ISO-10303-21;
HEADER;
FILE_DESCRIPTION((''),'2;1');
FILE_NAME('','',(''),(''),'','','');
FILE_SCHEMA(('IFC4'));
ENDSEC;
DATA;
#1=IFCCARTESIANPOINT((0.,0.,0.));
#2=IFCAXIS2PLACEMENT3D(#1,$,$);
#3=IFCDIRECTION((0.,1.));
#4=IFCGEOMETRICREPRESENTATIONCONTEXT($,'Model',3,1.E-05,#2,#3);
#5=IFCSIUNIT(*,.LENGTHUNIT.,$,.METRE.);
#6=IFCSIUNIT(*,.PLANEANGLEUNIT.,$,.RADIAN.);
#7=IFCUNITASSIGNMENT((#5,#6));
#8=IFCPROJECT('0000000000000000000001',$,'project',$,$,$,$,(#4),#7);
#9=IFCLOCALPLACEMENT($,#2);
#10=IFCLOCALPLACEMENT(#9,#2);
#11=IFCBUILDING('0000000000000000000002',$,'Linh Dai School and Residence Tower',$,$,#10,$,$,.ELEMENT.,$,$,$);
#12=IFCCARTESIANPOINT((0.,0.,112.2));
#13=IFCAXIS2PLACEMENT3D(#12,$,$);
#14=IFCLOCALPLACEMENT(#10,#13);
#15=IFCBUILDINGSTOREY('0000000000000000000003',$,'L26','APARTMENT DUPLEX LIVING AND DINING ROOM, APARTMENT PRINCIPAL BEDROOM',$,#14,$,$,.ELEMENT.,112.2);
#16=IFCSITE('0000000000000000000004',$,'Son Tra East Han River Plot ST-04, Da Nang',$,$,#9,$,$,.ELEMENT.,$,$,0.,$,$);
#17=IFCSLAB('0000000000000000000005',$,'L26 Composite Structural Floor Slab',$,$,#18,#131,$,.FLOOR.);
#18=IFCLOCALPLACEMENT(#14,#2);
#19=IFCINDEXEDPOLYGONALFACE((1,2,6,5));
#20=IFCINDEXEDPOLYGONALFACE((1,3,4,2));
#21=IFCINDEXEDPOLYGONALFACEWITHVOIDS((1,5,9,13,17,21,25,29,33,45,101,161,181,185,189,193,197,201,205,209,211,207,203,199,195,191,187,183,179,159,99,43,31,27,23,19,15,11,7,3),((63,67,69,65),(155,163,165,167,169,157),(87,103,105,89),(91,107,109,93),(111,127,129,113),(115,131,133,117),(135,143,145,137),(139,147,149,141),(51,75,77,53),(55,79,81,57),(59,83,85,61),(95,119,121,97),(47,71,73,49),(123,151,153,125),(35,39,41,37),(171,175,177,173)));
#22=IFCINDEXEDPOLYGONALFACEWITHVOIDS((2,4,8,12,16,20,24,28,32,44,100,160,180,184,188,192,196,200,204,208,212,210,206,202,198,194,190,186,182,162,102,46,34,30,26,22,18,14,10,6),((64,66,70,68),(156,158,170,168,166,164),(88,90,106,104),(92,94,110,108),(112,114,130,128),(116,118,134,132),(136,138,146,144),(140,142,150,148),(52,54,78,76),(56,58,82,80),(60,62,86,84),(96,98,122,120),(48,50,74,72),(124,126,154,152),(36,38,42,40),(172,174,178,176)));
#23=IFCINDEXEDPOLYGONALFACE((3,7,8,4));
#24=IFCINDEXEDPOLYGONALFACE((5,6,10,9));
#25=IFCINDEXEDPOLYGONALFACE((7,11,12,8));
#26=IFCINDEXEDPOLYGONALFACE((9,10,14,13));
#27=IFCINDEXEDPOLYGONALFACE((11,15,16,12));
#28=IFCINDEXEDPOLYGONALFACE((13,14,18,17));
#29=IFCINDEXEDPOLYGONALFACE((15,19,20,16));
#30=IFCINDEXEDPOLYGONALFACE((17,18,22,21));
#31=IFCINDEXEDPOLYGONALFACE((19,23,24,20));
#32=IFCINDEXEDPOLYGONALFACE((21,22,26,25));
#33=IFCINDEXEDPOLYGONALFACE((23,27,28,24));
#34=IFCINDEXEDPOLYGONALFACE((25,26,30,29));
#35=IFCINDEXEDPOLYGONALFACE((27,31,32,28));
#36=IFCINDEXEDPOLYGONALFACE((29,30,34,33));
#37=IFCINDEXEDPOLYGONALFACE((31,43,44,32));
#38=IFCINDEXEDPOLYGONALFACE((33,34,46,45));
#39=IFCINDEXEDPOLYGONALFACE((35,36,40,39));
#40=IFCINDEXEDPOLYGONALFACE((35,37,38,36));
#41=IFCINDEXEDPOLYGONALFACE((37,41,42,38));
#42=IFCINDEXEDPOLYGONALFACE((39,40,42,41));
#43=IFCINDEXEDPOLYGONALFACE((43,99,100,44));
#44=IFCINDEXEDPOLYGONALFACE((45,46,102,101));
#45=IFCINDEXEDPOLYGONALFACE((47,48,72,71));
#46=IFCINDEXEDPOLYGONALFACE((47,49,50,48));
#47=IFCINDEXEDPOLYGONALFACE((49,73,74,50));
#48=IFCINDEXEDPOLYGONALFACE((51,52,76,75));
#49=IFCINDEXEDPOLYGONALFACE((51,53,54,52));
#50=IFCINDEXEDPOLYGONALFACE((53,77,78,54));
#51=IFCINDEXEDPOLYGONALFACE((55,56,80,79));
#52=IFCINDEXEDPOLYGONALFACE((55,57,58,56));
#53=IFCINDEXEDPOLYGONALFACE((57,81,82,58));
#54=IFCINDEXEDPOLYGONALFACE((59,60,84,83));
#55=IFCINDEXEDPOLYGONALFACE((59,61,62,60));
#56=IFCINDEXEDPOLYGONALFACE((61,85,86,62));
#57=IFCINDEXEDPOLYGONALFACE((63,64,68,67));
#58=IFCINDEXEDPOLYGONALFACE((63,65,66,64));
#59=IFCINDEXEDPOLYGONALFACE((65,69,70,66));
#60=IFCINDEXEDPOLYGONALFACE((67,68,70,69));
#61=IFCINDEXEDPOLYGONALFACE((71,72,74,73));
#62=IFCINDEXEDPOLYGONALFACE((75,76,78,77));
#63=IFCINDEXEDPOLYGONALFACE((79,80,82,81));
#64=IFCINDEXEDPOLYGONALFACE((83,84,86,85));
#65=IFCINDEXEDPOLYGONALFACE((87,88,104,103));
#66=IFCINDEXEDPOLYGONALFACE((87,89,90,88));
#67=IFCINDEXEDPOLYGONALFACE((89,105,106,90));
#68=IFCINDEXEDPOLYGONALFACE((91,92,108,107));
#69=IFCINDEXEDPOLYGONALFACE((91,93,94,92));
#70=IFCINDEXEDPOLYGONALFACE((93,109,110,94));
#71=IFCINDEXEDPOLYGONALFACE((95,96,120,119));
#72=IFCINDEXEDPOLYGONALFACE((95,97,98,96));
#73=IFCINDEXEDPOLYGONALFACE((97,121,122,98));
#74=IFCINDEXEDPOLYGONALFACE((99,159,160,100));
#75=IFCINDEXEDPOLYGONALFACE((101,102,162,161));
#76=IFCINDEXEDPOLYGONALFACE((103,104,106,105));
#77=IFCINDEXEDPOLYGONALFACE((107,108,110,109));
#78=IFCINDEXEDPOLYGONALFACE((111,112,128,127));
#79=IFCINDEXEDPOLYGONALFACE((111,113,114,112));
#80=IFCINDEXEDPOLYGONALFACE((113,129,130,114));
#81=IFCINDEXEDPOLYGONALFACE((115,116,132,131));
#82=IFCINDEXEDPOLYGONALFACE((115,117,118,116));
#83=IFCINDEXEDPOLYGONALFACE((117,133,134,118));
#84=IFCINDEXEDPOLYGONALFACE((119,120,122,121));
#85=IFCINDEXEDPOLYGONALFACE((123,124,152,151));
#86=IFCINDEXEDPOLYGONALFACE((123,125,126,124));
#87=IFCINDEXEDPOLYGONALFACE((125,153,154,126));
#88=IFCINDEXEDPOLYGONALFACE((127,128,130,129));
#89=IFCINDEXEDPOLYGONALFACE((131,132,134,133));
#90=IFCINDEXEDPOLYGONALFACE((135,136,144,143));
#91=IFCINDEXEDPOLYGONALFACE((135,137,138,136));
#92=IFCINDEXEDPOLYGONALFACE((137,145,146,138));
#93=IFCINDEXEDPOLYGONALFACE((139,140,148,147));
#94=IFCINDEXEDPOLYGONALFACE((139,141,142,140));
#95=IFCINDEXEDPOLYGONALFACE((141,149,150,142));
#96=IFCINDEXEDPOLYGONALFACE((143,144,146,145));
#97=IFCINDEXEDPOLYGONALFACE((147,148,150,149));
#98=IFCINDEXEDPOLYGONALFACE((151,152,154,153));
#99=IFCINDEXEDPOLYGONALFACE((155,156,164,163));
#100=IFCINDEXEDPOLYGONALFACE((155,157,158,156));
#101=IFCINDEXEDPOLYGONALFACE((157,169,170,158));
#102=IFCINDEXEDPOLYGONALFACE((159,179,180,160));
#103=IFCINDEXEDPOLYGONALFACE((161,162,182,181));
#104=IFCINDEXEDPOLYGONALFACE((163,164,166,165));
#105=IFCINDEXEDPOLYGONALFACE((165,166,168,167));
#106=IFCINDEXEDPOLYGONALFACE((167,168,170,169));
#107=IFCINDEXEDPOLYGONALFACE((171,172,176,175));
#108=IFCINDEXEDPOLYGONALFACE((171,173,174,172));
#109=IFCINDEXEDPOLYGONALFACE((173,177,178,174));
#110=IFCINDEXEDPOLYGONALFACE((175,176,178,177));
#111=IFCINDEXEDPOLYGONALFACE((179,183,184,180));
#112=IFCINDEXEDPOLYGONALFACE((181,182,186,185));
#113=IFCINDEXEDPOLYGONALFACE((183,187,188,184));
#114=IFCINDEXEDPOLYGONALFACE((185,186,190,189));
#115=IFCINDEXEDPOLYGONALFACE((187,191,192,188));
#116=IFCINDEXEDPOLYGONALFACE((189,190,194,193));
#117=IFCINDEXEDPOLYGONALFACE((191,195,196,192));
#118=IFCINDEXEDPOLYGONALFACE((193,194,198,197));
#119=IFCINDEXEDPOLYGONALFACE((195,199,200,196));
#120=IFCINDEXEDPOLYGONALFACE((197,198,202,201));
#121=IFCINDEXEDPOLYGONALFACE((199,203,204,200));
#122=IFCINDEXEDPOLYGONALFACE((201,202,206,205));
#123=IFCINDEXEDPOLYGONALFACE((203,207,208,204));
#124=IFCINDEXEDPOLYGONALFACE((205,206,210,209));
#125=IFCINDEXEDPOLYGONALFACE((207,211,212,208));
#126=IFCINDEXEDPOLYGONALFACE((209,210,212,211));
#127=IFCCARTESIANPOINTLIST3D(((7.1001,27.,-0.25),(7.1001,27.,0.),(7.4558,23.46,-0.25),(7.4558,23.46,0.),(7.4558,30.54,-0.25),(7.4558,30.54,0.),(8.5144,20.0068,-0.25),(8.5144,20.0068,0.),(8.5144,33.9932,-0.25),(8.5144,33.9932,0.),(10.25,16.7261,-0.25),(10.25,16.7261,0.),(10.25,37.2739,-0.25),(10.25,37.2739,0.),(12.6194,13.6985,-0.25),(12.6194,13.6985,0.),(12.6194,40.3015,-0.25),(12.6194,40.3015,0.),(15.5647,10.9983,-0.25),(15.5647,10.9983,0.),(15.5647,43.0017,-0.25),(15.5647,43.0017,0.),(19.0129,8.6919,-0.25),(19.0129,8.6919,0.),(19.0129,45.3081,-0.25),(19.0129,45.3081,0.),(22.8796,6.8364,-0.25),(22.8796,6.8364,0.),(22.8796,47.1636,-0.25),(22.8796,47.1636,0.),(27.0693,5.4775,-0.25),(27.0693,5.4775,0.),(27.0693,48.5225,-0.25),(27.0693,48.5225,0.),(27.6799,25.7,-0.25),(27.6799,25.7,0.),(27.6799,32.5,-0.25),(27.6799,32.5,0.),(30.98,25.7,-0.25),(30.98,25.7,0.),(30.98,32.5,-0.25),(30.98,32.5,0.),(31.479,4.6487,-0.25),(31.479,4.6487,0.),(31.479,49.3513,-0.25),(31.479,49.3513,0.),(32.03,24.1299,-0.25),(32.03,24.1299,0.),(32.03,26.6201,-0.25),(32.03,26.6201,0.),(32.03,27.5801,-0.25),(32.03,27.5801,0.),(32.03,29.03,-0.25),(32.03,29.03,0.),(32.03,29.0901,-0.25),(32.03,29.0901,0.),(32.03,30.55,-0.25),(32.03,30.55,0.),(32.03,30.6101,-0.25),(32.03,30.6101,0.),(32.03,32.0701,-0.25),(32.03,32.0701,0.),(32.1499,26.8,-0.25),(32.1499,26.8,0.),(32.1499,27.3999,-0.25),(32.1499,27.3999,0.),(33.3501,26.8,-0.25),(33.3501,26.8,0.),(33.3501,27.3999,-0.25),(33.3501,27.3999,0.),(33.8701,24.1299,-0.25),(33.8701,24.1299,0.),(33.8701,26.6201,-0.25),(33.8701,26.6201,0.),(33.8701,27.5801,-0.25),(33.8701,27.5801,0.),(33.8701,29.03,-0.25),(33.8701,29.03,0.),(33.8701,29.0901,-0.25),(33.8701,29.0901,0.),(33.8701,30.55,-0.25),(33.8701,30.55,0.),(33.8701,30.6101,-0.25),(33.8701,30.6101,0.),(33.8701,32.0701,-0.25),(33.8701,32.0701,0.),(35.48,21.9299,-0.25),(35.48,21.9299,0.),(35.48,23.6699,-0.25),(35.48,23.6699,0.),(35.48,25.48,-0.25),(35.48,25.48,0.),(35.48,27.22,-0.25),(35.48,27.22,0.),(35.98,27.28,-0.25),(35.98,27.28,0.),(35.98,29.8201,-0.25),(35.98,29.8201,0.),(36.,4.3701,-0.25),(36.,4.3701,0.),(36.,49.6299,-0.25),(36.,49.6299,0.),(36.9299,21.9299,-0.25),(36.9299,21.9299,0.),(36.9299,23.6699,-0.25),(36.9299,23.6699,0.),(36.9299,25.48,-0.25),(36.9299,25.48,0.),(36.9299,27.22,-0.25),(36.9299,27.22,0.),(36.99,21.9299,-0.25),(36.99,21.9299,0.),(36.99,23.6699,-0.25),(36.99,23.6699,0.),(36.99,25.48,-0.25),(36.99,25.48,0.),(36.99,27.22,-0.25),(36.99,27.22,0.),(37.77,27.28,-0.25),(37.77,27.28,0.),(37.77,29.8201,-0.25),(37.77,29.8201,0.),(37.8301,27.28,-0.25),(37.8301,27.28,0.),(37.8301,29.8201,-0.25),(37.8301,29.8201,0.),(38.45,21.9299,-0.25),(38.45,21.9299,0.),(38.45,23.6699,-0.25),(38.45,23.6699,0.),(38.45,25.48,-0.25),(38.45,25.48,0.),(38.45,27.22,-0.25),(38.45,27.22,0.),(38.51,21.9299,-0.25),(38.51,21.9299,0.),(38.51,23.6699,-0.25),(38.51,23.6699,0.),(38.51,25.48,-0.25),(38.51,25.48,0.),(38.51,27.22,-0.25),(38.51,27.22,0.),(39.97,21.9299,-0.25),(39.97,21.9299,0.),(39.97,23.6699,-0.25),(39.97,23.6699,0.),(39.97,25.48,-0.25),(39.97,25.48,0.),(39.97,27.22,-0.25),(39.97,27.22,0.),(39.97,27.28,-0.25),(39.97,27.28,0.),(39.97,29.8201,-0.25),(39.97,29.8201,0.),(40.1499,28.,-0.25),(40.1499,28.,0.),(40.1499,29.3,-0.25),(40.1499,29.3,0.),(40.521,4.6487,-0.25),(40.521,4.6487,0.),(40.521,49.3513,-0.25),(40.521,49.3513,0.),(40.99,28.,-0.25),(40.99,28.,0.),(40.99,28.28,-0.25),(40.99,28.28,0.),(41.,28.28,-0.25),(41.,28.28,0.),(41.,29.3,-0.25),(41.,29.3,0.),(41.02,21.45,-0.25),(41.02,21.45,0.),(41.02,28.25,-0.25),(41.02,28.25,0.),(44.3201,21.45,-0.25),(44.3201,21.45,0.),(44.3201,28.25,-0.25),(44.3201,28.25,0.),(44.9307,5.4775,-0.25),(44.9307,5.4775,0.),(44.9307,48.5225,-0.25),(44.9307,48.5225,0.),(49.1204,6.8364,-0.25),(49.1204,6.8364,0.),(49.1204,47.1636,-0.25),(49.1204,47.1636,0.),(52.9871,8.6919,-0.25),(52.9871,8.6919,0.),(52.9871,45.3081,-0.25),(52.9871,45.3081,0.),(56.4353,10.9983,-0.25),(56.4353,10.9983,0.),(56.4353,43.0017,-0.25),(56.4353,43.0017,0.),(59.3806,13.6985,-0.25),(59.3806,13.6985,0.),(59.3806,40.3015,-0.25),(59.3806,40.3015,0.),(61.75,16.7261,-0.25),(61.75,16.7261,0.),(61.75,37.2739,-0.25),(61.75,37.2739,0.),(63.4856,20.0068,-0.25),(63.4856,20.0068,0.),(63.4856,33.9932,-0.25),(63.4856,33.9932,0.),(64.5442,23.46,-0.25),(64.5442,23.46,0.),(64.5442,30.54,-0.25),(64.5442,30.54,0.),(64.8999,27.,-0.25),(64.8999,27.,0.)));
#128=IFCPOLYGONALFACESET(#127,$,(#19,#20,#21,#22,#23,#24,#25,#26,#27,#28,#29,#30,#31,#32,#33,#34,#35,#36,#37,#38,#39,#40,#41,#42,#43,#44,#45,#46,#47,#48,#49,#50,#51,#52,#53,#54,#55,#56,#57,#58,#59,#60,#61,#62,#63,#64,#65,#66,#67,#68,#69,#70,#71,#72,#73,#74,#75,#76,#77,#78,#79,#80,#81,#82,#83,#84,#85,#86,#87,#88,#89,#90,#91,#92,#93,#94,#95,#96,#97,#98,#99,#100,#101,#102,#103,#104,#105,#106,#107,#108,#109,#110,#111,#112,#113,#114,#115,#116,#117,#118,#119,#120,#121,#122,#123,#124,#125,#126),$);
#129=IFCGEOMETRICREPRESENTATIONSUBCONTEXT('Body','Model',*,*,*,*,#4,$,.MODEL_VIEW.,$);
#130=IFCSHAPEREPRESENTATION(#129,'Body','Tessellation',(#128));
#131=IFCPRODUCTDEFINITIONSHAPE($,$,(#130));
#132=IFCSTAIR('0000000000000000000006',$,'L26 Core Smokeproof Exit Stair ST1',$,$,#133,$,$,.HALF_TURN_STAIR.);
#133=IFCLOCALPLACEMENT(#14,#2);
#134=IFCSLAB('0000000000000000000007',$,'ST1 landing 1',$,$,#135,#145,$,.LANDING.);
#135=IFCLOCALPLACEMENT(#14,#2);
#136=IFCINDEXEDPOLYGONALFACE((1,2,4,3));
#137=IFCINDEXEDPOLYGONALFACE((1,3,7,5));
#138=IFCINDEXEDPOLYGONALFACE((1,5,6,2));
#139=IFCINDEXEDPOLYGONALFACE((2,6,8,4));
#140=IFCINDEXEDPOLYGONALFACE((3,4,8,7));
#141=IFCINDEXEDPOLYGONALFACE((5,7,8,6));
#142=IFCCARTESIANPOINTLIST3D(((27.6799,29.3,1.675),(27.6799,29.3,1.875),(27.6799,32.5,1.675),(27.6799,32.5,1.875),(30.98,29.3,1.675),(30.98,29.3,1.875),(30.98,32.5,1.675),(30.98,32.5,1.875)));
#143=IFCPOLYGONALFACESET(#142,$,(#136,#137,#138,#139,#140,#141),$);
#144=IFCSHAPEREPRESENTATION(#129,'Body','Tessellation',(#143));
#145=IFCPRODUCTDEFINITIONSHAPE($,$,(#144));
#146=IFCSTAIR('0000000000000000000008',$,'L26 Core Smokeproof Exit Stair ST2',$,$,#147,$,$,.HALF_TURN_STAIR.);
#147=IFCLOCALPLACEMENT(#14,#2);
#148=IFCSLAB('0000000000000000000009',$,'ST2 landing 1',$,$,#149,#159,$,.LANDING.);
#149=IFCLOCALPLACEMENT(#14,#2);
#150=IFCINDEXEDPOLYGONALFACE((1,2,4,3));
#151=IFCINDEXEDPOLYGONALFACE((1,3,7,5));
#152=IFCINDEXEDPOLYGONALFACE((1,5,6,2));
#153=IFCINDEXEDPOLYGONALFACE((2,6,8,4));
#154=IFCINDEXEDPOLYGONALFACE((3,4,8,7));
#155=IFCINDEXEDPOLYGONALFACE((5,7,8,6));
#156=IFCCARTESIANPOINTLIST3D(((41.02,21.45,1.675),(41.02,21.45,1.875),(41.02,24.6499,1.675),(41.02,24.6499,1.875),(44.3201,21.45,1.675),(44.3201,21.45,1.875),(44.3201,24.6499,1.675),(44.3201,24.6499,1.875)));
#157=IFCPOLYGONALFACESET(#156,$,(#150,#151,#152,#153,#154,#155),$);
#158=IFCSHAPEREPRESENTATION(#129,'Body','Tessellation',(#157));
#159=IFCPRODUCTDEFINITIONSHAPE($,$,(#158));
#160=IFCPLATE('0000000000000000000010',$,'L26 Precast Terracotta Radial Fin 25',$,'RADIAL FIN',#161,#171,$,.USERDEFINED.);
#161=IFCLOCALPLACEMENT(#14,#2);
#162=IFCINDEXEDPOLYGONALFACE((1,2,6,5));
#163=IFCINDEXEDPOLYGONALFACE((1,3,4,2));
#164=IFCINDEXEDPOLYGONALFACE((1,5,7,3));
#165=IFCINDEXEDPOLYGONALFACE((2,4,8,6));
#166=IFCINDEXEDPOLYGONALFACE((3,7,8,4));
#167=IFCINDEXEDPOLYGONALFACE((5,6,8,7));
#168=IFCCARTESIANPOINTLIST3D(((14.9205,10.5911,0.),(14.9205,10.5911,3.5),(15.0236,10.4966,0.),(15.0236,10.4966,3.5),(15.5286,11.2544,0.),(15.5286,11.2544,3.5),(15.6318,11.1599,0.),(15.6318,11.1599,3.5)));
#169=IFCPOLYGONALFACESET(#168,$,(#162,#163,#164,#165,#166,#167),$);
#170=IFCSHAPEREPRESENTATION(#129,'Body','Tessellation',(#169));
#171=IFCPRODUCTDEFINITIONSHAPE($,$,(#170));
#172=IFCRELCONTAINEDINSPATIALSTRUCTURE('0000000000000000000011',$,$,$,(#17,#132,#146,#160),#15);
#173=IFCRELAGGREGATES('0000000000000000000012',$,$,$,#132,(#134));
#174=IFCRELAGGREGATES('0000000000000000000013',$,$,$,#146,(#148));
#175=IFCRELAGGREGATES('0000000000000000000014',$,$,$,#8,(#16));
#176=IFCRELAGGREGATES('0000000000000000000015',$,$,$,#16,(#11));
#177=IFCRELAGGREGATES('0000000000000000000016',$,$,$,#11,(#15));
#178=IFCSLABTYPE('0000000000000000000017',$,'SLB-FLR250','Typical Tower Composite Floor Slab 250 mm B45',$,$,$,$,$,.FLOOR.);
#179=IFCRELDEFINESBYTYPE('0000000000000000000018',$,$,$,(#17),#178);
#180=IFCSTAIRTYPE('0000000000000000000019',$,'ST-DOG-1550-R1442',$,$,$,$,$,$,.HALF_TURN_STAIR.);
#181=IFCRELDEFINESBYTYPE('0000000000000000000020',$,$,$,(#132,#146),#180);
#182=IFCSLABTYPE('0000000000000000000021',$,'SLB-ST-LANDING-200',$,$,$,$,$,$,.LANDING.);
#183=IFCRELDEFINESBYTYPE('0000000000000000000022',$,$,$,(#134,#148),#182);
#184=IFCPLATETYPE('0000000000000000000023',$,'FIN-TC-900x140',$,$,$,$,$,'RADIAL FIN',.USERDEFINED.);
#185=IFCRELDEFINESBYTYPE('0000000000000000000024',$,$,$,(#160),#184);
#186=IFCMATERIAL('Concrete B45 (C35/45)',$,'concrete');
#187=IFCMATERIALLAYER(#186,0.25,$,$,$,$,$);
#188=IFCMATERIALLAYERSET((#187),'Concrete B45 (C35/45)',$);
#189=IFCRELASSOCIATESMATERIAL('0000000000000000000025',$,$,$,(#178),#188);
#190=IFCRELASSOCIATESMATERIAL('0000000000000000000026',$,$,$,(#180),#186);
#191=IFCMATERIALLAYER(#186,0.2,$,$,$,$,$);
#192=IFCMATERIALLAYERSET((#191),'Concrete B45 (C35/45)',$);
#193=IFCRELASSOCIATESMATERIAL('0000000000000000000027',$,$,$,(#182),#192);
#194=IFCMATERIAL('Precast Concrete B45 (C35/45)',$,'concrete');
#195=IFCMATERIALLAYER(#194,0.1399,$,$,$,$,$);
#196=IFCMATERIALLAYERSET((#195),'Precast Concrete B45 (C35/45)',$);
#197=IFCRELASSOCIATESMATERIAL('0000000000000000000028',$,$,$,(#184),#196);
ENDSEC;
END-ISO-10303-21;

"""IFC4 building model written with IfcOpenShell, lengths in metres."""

from ifc_helpers import new_model, si_unit, direction, frame, origin, origin_2d, place, context, subcontext, project, spatial, polyline, rectangle, outline, extrude, source, transform, mapped, material, layer, layer_set, type_object, element, aggregate, save


model = new_model("IFC4")

# Units and contexts
model_context = context("Model", 3, precision=1e-05, world=origin(), true_north=direction((0.0, 1.0)))
body_context = subcontext(model_context, "Body", "Model", "MODEL_VIEW")
ifc_project = project(units=[si_unit("LENGTHUNIT", "METRE"), si_unit("PLANEANGLEUNIT", "RADIAN")], contexts=[model_context])

# Site, building, storey
site_placement = place(None, origin())
site = spatial("IfcSite", under=ifc_project, at=site_placement, Name="Son Tra East Han River Plot ST-04, Da Nang", CompositionType="ELEMENT", RefElevation=0.0)
building_placement = place(site_placement, origin())
building = spatial("IfcBuilding", under=site, at=building_placement, Name="Linh Dai School and Residence Tower", CompositionType="ELEMENT")
storey_placement = place(building_placement, frame((0.0, 0.0, 112.2)))
storey = spatial("IfcBuildingStorey", under=building, at=storey_placement, Name="L26", Description="APARTMENT DUPLEX LIVING AND DINING ROOM, APARTMENT PRINCIPAL BEDROOM", CompositionType="ELEMENT", Elevation=112.2)

# Slab
ifc_material_1 = material(Name="Concrete B45 (C35/45)", Category="concrete")
ifc_layer_1 = layer(ifc_material_1, 0.25)
ifc_layer_set_1 = layer_set([ifc_layer_1], Name="Concrete B45 (C35/45)")
slab_type_1 = type_object("IfcSlabType", Name="SLB-FLR250", Description="Typical Tower Composite Floor Slab 250 mm B45", PredefinedType="FLOOR", material=ifc_layer_set_1)
slab_1_placement = place(storey_placement, frame((0.0, 0.0, -0.25)))
element("IfcSlab", 1, at=slab_1_placement, inside=storey, type_object=slab_type_1, Name="L26 Composite Structural Floor Slab", PredefinedType="FLOOR", context=body_context, shape_type="SweptSolid", body=[
    extrude(outline(polyline([(64.8999, 27.0), (64.5442, 30.54), (63.4856, 33.9932), (61.75, 37.2739), (59.3806, 40.3015), (56.4353, 43.0017), (52.9871, 45.3081), (49.1204, 47.1636), (44.9307, 48.5225), (40.521, 49.3513), (36.0, 49.6299), (31.479, 49.3513), (27.0693, 48.5225), (22.8796, 47.1636), (19.0129, 45.3081), (15.5647, 43.0017), (12.6194, 40.3015), (10.25, 37.2739), (8.5144, 33.9932), (7.4558, 30.54), (7.1001, 27.0), (7.4558, 23.46), (8.5144, 20.0068), (10.25, 16.7261), (12.6194, 13.6985), (15.5647, 10.9983), (19.0129, 8.6919), (22.8796, 6.8364), (27.0693, 5.4775), (31.479, 4.6487), (36.0, 4.3701), (40.521, 4.6487), (44.9307, 5.4775), (49.1204, 6.8364), (52.9871, 8.6919), (56.4353, 10.9983), (59.3806, 13.6985), (61.75, 16.7261), (63.4856, 20.0068), (64.5442, 23.46), (64.8999, 27.0)]), holes=[polyline([(30.98, 25.7), (30.98, 32.5), (27.6799, 32.5), (27.6799, 25.7), (30.98, 25.7)]), polyline([(41.02, 28.25), (41.02, 21.45), (44.3201, 21.45), (44.3201, 28.25), (41.02, 28.25)]), polyline([(35.98, 27.28), (37.77, 27.28), (37.77, 29.8201), (35.98, 29.8201), (35.98, 27.28)]), polyline([(32.03, 24.1299), (33.8701, 24.1299), (33.8701, 26.6201), (32.03, 26.6201), (32.03, 24.1299)]), polyline([(37.8301, 27.28), (39.97, 27.28), (39.97, 29.8201), (37.8301, 29.8201), (37.8301, 27.28)]), polyline([(35.48, 21.9299), (36.9299, 21.9299), (36.9299, 23.6699), (35.48, 23.6699), (35.48, 21.9299)]), polyline([(36.99, 21.9299), (38.45, 21.9299), (38.45, 23.6699), (36.99, 23.6699), (36.99, 21.9299)]), polyline([(38.51, 21.9299), (39.97, 21.9299), (39.97, 23.6699), (38.51, 23.6699), (38.51, 21.9299)]), polyline([(32.03, 27.5801), (33.8701, 27.5801), (33.8701, 29.03), (32.03, 29.03), (32.03, 27.5801)]), polyline([(32.03, 29.0901), (33.8701, 29.0901), (33.8701, 30.55), (32.03, 30.55), (32.03, 29.0901)]), polyline([(32.03, 30.6101), (33.8701, 30.6101), (33.8701, 32.0701), (32.03, 32.0701), (32.03, 30.6101)]), polyline([(35.48, 25.48), (36.9299, 25.48), (36.9299, 27.22), (35.48, 27.22), (35.48, 25.48)]), polyline([(36.99, 25.48), (38.45, 25.48), (38.45, 27.22), (36.99, 27.22), (36.99, 25.48)]), polyline([(38.51, 25.48), (39.97, 25.48), (39.97, 27.22), (38.51, 27.22), (38.51, 25.48)]), polyline([(40.1499, 28.0), (40.1499, 29.3), (41.0, 29.3), (41.0, 28.28), (40.99, 28.28), (40.99, 28.0), (40.1499, 28.0)]), polyline([(32.1499, 26.8), (33.3501, 26.8), (33.3501, 27.3999), (32.1499, 27.3999), (32.1499, 26.8)])]), origin(), (0.0, 0.0, 1.0), 0.25),
])

# Stairs, slabs
stair_type = type_object("IfcStairType", Name="ST-DOG-1550-R1442", PredefinedType="HALF_TURN_STAIR", material=ifc_material_1)
stair_1_placement = place(storey_placement, origin())
stair_1 = element("IfcStair", 2, at=stair_1_placement, inside=storey, type_object=stair_type, Name="L26 Core Smokeproof Exit Stair ST1", PredefinedType="HALF_TURN_STAIR")
ifc_layer_2 = layer(ifc_material_1, 0.2)
ifc_layer_set_2 = layer_set([ifc_layer_2], Name="Concrete B45 (C35/45)")
slab_type_2 = type_object("IfcSlabType", Name="SLB-ST-LANDING-200", PredefinedType="LANDING", material=ifc_layer_set_2)
slab_2_placement = place(storey_placement, frame((0.0, 0.0, 1.675)))
slab_2 = element("IfcSlab", 3, at=slab_2_placement, type_object=slab_type_2, Name="ST1 landing 1", PredefinedType="LANDING", context=body_context, shape_type="SweptSolid", body=[
    extrude(outline(polyline([(30.98, 29.3), (30.98, 32.5), (27.6799, 32.5), (27.6799, 29.3), (30.98, 29.3)])), origin(), (0.0, 0.0, 1.0), 0.2),
])
aggregate(stair_1, [slab_2])
stair_2_placement = place(storey_placement, origin())
stair_2 = element("IfcStair", 4, at=stair_2_placement, inside=storey, type_object=stair_type, Name="L26 Core Smokeproof Exit Stair ST2", PredefinedType="HALF_TURN_STAIR")
slab_3_placement = place(storey_placement, frame((0.0, 0.0, 1.675)))
slab_3 = element("IfcSlab", 5, at=slab_3_placement, type_object=slab_type_2, Name="ST2 landing 1", PredefinedType="LANDING", context=body_context, shape_type="SweptSolid", body=[
    extrude(outline(polyline([(41.02, 24.6499), (41.02, 21.45), (44.3201, 21.45), (44.3201, 24.6499), (41.02, 24.6499)])), origin(), (0.0, 0.0, 1.0), 0.2),
])
aggregate(stair_2, [slab_3])

# Plate
ifc_material_2 = material(Name="Precast Concrete B45 (C35/45)", Category="concrete")
ifc_layer_3 = layer(ifc_material_2, 0.1399)
ifc_layer_set_3 = layer_set([ifc_layer_3], Name="Precast Concrete B45 (C35/45)")
plate_type = type_object("IfcPlateType", Name="FIN-TC-900x140", ElementType="RADIAL FIN", PredefinedType="USERDEFINED", material=ifc_layer_set_3)
shared_shape_1 = source(origin(), body_context, "Body", "SweptSolid", [
    extrude(rectangle(XDim=0.8999, YDim=0.1399, at=origin_2d()), origin(), (0.0, 0.0, 1.0), 3.5),
])
plate_placement = place(storey_placement, frame((15.2761, 10.8755, 0.0), z_axis=(0.0, 0.0, 1.0), x_axis=(-0.675783, -0.7371, 0.0)))
element("IfcPlate", 6, at=plate_placement, inside=storey, type_object=plate_type, Name="L26 Precast Terracotta Radial Fin 25", ObjectType="RADIAL FIN", PredefinedType="USERDEFINED", context=body_context, shape_type="MappedRepresentation", body=[
    mapped(shared_shape_1, transform((0.0, 0.0, 0.0), x_axis=(1.0, 0.0, 0.0), y_axis=(0.0, 1.0, 0.0), z_axis=(0.0, 0.0, 1.0), scale=1.0)),
])

save(model, "model.ifc")
